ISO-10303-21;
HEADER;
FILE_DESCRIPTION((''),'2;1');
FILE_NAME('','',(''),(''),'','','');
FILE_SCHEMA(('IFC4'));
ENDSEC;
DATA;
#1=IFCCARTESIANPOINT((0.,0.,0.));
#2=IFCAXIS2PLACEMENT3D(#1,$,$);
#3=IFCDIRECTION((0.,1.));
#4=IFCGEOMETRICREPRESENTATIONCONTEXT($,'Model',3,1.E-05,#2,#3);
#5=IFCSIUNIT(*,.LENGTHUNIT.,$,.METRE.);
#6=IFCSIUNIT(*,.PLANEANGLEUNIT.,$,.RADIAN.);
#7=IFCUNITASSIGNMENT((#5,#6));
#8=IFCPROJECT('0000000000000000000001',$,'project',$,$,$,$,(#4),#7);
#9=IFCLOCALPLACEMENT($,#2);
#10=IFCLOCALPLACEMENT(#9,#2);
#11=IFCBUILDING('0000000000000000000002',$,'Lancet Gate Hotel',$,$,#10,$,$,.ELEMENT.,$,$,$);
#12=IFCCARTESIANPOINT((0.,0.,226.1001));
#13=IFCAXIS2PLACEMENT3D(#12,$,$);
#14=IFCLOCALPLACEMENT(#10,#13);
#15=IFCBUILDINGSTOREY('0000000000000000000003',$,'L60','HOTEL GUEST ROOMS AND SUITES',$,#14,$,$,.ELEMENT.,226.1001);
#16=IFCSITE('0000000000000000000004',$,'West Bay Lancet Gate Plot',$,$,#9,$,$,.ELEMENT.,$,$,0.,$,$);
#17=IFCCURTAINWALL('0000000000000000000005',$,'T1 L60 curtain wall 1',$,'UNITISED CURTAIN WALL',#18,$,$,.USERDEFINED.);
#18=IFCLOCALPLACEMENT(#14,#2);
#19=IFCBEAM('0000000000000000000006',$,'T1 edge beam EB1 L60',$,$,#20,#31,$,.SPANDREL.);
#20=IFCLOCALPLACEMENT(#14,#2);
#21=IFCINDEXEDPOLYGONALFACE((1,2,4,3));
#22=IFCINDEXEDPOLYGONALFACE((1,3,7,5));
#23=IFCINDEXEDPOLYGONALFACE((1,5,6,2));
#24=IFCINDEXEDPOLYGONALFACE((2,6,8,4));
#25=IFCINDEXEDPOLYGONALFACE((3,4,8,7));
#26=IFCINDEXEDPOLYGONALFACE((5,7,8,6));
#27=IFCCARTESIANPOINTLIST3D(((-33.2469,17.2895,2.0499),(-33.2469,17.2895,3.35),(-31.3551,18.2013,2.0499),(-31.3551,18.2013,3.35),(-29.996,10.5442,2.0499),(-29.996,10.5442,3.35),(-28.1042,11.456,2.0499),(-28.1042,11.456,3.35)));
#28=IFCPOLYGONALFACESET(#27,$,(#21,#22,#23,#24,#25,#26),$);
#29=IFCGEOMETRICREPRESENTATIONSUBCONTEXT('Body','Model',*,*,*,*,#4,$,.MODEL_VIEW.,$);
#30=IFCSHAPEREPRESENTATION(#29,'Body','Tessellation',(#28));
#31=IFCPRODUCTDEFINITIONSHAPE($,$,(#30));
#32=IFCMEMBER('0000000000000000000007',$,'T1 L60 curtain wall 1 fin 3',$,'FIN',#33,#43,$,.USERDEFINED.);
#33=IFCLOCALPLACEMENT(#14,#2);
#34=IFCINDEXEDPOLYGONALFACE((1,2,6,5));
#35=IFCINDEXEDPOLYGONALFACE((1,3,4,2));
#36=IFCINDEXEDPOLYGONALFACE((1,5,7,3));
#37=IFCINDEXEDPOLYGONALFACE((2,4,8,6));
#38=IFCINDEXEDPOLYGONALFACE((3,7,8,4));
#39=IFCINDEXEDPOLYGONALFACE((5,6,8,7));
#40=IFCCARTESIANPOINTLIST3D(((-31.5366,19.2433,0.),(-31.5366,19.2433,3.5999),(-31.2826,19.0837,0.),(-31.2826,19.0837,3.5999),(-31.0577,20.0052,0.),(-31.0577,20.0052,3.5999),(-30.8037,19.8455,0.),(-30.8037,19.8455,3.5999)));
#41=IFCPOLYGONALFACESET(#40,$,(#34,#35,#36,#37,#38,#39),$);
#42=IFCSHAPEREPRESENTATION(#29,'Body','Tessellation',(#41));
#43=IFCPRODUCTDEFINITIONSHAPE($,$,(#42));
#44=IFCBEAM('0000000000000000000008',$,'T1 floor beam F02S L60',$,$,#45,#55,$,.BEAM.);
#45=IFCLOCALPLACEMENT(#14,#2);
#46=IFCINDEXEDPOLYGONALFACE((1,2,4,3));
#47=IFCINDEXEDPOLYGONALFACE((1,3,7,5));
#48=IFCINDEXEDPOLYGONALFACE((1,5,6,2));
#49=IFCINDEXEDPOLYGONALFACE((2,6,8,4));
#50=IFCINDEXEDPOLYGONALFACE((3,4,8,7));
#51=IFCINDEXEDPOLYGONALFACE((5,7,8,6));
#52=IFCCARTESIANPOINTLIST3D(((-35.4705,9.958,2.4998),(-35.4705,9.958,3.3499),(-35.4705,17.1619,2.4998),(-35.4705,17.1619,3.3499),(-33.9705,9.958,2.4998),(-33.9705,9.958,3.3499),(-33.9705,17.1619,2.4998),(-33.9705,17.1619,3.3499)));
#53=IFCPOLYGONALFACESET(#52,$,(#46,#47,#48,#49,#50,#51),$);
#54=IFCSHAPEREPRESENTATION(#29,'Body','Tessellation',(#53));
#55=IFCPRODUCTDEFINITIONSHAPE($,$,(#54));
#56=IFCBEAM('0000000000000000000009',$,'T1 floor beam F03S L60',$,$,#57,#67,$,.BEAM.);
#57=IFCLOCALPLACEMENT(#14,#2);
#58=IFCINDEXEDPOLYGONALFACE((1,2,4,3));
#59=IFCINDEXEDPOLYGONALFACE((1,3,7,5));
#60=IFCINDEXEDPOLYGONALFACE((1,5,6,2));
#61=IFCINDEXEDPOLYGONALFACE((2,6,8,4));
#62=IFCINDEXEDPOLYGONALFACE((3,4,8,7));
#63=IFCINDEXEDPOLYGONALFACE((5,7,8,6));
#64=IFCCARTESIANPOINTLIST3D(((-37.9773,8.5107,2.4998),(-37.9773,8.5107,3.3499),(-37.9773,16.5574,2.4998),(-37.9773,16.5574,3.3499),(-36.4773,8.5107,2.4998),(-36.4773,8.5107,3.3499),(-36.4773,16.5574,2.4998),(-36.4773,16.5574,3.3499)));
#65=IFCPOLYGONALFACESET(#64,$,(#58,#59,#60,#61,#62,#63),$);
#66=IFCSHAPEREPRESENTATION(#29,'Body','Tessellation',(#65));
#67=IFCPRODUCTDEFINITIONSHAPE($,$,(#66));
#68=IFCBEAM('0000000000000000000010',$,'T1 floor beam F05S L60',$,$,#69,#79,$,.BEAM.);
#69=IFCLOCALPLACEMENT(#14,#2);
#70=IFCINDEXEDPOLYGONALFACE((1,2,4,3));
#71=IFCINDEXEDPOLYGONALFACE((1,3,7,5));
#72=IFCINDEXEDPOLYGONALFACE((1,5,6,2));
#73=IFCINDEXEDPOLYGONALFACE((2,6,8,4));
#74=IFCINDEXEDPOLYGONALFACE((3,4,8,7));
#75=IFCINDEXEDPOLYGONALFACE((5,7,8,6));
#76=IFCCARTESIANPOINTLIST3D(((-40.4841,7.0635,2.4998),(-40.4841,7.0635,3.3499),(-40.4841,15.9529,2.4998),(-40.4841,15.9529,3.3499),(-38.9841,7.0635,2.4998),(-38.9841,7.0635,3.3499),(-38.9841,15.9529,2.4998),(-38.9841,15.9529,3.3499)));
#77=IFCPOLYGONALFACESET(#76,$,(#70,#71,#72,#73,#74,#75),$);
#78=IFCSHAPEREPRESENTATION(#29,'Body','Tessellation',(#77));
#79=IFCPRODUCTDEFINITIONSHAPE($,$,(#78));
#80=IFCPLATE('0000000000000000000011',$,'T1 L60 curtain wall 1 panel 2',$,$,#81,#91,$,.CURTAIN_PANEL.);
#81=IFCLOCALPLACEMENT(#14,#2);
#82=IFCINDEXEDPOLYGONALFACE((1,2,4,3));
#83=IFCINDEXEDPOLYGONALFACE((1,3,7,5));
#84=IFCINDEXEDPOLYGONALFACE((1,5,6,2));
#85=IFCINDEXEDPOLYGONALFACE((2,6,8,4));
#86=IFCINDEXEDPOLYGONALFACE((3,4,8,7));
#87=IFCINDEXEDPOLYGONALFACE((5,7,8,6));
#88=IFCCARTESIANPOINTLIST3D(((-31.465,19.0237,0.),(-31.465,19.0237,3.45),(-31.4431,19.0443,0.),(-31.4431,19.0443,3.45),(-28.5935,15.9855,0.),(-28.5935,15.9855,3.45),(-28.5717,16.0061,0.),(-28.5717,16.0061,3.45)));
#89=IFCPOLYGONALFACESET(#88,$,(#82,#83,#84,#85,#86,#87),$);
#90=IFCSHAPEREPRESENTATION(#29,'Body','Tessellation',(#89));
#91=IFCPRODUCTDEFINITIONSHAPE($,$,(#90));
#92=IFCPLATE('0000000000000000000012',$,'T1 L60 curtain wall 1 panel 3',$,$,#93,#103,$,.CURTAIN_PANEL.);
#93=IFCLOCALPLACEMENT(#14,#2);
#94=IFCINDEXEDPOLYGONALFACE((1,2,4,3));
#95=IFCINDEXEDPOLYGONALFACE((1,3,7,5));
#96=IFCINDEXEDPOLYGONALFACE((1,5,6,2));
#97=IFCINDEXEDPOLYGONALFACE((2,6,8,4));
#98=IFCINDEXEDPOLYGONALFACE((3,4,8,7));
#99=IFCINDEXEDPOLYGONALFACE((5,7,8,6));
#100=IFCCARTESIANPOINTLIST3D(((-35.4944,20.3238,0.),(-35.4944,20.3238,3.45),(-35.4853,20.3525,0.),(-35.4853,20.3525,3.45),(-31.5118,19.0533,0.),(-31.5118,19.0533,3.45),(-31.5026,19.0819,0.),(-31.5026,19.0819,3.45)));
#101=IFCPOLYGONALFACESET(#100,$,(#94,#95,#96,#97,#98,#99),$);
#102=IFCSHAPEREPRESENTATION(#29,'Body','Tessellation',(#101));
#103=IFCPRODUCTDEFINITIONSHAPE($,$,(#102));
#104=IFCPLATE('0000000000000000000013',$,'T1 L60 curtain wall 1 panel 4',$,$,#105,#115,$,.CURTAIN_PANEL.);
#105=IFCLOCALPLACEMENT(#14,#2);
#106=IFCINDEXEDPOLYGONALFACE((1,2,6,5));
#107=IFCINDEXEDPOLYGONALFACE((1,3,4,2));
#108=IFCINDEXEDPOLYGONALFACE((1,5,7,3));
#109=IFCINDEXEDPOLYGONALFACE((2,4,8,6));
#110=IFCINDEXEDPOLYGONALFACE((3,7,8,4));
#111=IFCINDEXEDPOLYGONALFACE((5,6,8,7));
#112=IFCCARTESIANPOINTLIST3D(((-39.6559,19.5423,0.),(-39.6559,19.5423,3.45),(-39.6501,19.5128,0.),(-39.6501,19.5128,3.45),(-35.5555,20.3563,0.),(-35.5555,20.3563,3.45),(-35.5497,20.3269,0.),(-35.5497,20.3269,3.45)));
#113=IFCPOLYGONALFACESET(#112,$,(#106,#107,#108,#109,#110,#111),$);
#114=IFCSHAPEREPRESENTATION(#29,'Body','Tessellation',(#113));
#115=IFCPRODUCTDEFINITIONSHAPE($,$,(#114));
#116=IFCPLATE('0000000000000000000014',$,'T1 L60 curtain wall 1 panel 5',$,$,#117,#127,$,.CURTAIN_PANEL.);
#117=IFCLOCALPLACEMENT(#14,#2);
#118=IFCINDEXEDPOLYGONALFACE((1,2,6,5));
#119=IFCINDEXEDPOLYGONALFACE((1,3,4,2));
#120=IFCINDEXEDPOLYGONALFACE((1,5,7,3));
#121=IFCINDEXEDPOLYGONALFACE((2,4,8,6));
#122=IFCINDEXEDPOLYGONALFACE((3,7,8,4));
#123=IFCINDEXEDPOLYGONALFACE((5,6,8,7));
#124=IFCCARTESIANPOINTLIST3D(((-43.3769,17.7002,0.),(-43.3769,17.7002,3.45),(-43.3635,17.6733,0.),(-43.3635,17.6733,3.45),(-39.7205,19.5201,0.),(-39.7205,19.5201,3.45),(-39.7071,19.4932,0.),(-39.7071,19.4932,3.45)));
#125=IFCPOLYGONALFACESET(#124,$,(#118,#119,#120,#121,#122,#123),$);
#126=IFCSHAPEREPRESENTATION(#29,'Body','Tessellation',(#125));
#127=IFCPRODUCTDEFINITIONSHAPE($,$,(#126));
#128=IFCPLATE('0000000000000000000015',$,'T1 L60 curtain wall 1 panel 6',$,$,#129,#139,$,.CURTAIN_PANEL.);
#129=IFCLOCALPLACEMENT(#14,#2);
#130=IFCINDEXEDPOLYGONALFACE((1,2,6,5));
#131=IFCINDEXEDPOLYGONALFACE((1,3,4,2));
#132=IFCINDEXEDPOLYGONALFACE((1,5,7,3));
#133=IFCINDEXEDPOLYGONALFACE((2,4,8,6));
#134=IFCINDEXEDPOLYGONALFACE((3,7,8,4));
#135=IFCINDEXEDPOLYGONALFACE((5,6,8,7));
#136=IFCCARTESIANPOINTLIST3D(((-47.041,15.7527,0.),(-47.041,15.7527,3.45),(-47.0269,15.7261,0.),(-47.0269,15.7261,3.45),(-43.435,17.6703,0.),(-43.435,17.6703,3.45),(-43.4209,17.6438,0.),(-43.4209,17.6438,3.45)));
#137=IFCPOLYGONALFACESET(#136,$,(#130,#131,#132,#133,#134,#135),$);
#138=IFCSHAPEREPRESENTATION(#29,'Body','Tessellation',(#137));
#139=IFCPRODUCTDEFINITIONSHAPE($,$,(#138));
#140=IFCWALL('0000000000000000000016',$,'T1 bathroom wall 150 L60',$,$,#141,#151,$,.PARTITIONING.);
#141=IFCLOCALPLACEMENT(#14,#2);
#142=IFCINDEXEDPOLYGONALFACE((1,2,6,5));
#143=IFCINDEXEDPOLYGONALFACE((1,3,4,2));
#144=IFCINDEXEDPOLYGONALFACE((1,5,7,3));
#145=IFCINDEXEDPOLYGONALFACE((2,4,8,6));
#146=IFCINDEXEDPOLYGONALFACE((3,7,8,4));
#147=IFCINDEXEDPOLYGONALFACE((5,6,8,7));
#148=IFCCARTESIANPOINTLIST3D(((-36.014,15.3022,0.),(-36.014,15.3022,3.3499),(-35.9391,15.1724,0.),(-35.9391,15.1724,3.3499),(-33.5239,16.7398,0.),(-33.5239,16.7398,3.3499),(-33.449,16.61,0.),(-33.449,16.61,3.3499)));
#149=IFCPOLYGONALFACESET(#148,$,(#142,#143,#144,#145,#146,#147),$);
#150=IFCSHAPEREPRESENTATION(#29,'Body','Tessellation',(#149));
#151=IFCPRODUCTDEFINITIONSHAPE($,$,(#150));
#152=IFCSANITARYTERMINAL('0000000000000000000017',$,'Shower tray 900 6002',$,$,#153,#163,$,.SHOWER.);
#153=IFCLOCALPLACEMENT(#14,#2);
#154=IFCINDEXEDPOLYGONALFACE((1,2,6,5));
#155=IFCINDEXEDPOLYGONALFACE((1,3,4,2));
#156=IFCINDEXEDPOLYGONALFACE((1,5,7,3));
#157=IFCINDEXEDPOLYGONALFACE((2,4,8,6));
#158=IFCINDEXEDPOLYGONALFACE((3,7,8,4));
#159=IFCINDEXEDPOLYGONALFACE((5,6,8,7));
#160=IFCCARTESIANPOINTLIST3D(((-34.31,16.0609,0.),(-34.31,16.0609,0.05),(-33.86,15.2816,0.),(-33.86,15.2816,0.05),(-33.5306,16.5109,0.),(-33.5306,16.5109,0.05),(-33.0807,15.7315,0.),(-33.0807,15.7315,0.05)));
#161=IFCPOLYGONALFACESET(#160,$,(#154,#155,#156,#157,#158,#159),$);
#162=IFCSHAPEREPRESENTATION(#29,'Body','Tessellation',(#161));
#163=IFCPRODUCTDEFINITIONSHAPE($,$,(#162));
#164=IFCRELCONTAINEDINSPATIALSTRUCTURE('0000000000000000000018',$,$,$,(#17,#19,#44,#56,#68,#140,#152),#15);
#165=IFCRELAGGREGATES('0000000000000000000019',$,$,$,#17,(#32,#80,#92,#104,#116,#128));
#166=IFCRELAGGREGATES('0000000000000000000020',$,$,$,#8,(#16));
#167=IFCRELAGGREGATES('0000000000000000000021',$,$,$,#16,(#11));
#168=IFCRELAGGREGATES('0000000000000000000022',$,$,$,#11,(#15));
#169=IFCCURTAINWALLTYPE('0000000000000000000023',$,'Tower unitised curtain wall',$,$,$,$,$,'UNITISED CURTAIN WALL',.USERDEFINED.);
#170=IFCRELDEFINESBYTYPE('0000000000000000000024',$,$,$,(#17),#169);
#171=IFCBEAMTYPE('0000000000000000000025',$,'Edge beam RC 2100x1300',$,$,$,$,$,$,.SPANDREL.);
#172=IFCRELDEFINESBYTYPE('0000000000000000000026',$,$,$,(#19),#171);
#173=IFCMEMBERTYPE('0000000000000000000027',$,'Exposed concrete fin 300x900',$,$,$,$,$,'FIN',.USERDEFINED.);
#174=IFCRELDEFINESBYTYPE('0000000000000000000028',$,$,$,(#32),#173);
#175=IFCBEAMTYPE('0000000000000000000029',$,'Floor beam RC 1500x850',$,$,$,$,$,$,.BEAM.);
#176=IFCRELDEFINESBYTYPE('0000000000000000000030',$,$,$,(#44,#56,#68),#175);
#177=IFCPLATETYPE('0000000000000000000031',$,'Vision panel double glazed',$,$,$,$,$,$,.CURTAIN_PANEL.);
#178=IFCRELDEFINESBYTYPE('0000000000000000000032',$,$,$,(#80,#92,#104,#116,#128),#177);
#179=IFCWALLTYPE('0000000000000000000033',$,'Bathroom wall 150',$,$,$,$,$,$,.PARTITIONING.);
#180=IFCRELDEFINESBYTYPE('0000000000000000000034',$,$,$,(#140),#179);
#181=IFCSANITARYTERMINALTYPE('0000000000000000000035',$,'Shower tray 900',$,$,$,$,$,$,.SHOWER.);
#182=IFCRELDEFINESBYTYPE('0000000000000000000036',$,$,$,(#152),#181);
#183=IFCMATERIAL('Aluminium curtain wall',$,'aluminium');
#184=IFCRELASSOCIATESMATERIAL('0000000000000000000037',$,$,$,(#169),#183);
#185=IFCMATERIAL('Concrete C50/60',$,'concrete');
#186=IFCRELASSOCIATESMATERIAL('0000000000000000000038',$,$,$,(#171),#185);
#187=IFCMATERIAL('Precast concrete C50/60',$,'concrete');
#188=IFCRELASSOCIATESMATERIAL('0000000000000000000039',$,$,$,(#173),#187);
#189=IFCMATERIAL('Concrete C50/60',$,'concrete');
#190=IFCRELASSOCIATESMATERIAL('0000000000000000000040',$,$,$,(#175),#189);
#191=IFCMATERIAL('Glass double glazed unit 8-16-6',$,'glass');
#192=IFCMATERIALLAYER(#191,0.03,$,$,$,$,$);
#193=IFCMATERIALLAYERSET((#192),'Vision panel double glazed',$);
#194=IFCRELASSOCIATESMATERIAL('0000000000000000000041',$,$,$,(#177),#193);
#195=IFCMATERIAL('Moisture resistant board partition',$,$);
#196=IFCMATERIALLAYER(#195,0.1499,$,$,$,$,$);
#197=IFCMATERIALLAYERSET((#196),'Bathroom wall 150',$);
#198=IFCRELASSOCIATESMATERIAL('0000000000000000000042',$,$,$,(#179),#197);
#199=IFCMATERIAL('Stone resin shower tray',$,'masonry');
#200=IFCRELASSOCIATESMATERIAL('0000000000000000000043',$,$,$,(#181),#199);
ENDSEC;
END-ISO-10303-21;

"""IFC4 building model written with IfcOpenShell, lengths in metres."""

from ifc_helpers import new_model, si_unit, direction, frame, frame_2d, origin, origin_2d, place, context, subcontext, project, spatial, rectangle, extrude, material, layer, layer_set, material_profile, profile_set, type_object, element, aggregate, save


model = new_model("IFC4")

# Units and contexts
model_context = context("Model", 3, precision=1e-05, world=origin(), true_north=direction((0.0, 1.0)))
body_context = subcontext(model_context, "Body", "Model", "MODEL_VIEW")
ifc_project = project(units=[si_unit("LENGTHUNIT", "METRE"), si_unit("PLANEANGLEUNIT", "RADIAN")], contexts=[model_context])

# Site, building, storey
site_placement = place(None, origin())
site = spatial("IfcSite", under=ifc_project, at=site_placement, Name="West Bay Lancet Gate Plot", CompositionType="ELEMENT", RefElevation=0.0)
building_placement = place(site_placement, origin())
building = spatial("IfcBuilding", under=site, at=building_placement, Name="Lancet Gate Hotel", CompositionType="ELEMENT")
storey_placement = place(building_placement, frame((0.0, 0.0, 226.1001)))
storey = spatial("IfcBuildingStorey", under=building, at=storey_placement, Name="L60", Description="HOTEL GUEST ROOMS AND SUITES", CompositionType="ELEMENT", Elevation=226.1001)

# Curtain wall
ifc_material_1 = material(Name="Aluminium curtain wall", Category="aluminium")
curtain_wall_type = type_object("IfcCurtainWallType", Name="Tower unitised curtain wall", ElementType="UNITISED CURTAIN WALL", PredefinedType="USERDEFINED", material=ifc_material_1)
curtain_wall_placement = place(storey_placement, origin())
curtain_wall = element("IfcCurtainWall", 1, at=curtain_wall_placement, inside=storey, type_object=curtain_wall_type, Name="T1 L60 curtain wall 1", ObjectType="UNITISED CURTAIN WALL", PredefinedType="USERDEFINED")

# Beam
ifc_material_2 = material(Name="Concrete C50/60", Category="concrete")
ifc_material_profile_1 = material_profile(ifc_material_2, rectangle(XDim=2.1001, YDim=1.3, at=origin_2d()), Name="RC 2100x1300")
ifc_profile_set_1 = profile_set([ifc_material_profile_1], Name="Concrete C50/60")
beam_type_1 = type_object("IfcBeamType", Name="Edge beam RC 2100x1300", PredefinedType="SPANDREL", material=ifc_profile_set_1)
beam_1_placement = place(storey_placement, frame((-32.301, 17.7454, 2.7), z_axis=(0.434164, -0.900834, 0.0), x_axis=(0.900834, 0.434164, 0.0)))
element("IfcBeam", 2, at=beam_1_placement, inside=storey, type_object=beam_type_1, Name="T1 edge beam EB1 L60", PredefinedType="SPANDREL", context=body_context, shape_type="SweptSolid", body=[
    extrude(rectangle(XDim=2.1001, YDim=1.3, at=origin_2d()), origin(), (0.0, 0.0, 1.0), 7.4878),
])

# Member
ifc_material_3 = material(Name="Precast concrete C50/60", Category="concrete")
ifc_material_profile_2 = material_profile(ifc_material_3, rectangle(XDim=0.3, YDim=0.8999, at=origin_2d()), Name="FIN 300x900")
ifc_profile_set_2 = profile_set([ifc_material_profile_2], Name="Precast concrete C50/60")
member_type_1 = type_object("IfcMemberType", Name="Exposed concrete fin 300x900", ElementType="FIN", PredefinedType="USERDEFINED", material=ifc_profile_set_2)
member_1_placement = place(storey_placement, frame((-31.1702, 19.5444, 0.0), z_axis=(0.0, 0.0, 1.0), x_axis=(-0.846613, 0.532209, 0.0)))
member_1 = element("IfcMember", 3, at=member_1_placement, type_object=member_type_1, Name="T1 L60 curtain wall 1 fin 3", ObjectType="FIN", PredefinedType="USERDEFINED", context=body_context, shape_type="SweptSolid", body=[
    extrude(rectangle(XDim=0.3, YDim=0.8999, at=origin_2d()), origin(), (0.0, 0.0, 1.0), 3.5999),
])

# Beams
ifc_material_4 = material(Name="Concrete C50/60", Category="concrete")
ifc_material_profile_3 = material_profile(ifc_material_4, rectangle(XDim=1.5, YDim=0.8501, at=origin_2d()), Name="RC 1500x850")
ifc_profile_set_3 = profile_set([ifc_material_profile_3], Name="Concrete C50/60")
beam_type_2 = type_object("IfcBeamType", Name="Floor beam RC 1500x850", PredefinedType="BEAM", material=ifc_profile_set_3)
beam_2_placement = place(storey_placement, frame((-34.7205, 17.1619, 2.9248), z_axis=(0.0, -1.0, 0.0), x_axis=(1.0, 0.0, 0.0)))
element("IfcBeam", 4, at=beam_2_placement, inside=storey, type_object=beam_type_2, Name="T1 floor beam F02S L60", PredefinedType="BEAM", context=body_context, shape_type="SweptSolid", body=[
    extrude(rectangle(XDim=1.5, YDim=0.8501, at=origin_2d()), origin(), (0.0, 0.0, 1.0), 7.2039),
])
beam_3_placement = place(storey_placement, frame((-37.2273, 16.5574, 2.9248), z_axis=(0.0, -1.0, 0.0), x_axis=(1.0, 0.0, 0.0)))
element("IfcBeam", 5, at=beam_3_placement, inside=storey, type_object=beam_type_2, Name="T1 floor beam F03S L60", PredefinedType="BEAM", context=body_context, shape_type="SweptSolid", body=[
    extrude(rectangle(XDim=1.5, YDim=0.8501, at=origin_2d()), origin(), (0.0, 0.0, 1.0), 8.0466),
])
beam_4_placement = place(storey_placement, frame((-39.7341, 15.9529, 2.9248), z_axis=(0.0, -1.0, 0.0), x_axis=(1.0, 0.0, 0.0)))
element("IfcBeam", 6, at=beam_4_placement, inside=storey, type_object=beam_type_2, Name="T1 floor beam F05S L60", PredefinedType="BEAM", context=body_context, shape_type="SweptSolid", body=[
    extrude(rectangle(XDim=1.5, YDim=0.8501, at=origin_2d()), origin(), (0.0, 0.0, 1.0), 8.8894),
])

# Plates
ifc_material_5 = material(Name="Glass double glazed unit 8-16-6", Category="glass")
ifc_layer_1 = layer(ifc_material_5, 0.03)
ifc_layer_set_1 = layer_set([ifc_layer_1], Name="Vision panel double glazed")
plate_type = type_object("IfcPlateType", Name="Vision panel double glazed", PredefinedType="CURTAIN_PANEL", material=ifc_layer_set_1)
plate_1_placement = place(storey_placement, frame((-30.0183, 17.5149, 0.0), z_axis=(0.0, 0.0, 1.0), x_axis=(-0.686883, 0.726768, 0.0)))
plate_1 = element("IfcPlate", 7, at=plate_1_placement, type_object=plate_type, Name="T1 L60 curtain wall 1 panel 2", PredefinedType="CURTAIN_PANEL", context=body_context, shape_type="SweptSolid", body=[
    extrude(rectangle(XDim=4.1804, YDim=0.03, at=origin_2d()), origin(), (0.0, 0.0, 1.0), 3.45),
])
plate_2_placement = place(storey_placement, frame((-33.4985, 19.7029, 0.0), z_axis=(0.0, 0.0, 1.0), x_axis=(-0.952696, 0.303926, 0.0)))
plate_2 = element("IfcPlate", 8, at=plate_2_placement, type_object=plate_type, Name="T1 L60 curtain wall 1 panel 3", PredefinedType="CURTAIN_PANEL", context=body_context, shape_type="SweptSolid", body=[
    extrude(rectangle(XDim=4.1804, YDim=0.03, at=origin_2d()), origin(), (0.0, 0.0, 1.0), 3.45),
])
plate_3_placement = place(storey_placement, frame((-37.6028, 19.9346, 0.0), z_axis=(0.0, 0.0, 1.0), x_axis=(-0.980857, -0.194731, 0.0)))
plate_3 = element("IfcPlate", 9, at=plate_3_placement, type_object=plate_type, Name="T1 L60 curtain wall 1 panel 4", PredefinedType="CURTAIN_PANEL", context=body_context, shape_type="SweptSolid", body=[
    extrude(rectangle(XDim=4.1804, YDim=0.03, at=origin_2d()), origin(), (0.0, 0.0, 1.0), 3.45),
])
plate_4_placement = place(storey_placement, frame((-41.542, 18.5967, 0.0), z_axis=(0.0, 0.0, 1.0), x_axis=(-0.895234, -0.445596, 0.0)))
plate_4 = element("IfcPlate", 10, at=plate_4_placement, type_object=plate_type, Name="T1 L60 curtain wall 1 panel 5", PredefinedType="CURTAIN_PANEL", context=body_context, shape_type="SweptSolid", body=[
    extrude(rectangle(XDim=4.0842, YDim=0.03, at=origin_2d()), origin(), (0.0, 0.0, 1.0), 3.45),
])
plate_5_placement = place(storey_placement, frame((-45.231, 16.6982, 0.0), z_axis=(0.0, 0.0, 1.0), x_axis=(-0.882916, -0.469531, 0.0)))
plate_5 = element("IfcPlate", 11, at=plate_5_placement, type_object=plate_type, Name="T1 L60 curtain wall 1 panel 6", PredefinedType="CURTAIN_PANEL", context=body_context, shape_type="SweptSolid", body=[
    extrude(rectangle(XDim=4.0842, YDim=0.03, at=origin_2d()), origin(), (0.0, 0.0, 1.0), 3.45),
])
aggregate(curtain_wall, [member_1, plate_1, plate_2, plate_3, plate_4, plate_5])

# Wall
ifc_material_6 = material(Name="Moisture resistant board partition")
ifc_layer_2 = layer(ifc_material_6, 0.1499)
ifc_layer_set_2 = layer_set([ifc_layer_2], Name="Bathroom wall 150")
wall_type = type_object("IfcWallType", Name="Bathroom wall 150", PredefinedType="PARTITIONING", material=ifc_layer_set_2)
wall_placement = place(storey_placement, frame((-33.4866, 16.6748, 0.0), z_axis=(0.0, 0.0, 1.0), x_axis=(-0.86604, -0.499975, 0.0)))
element("IfcWall", 12, at=wall_placement, inside=storey, type_object=wall_type, Name="T1 bathroom wall 150 L60", PredefinedType="PARTITIONING", context=body_context, shape_type="SweptSolid", body=[
    extrude(rectangle(XDim=2.8752, YDim=0.1499, at=frame_2d((1.4375, 0.0))), origin(), (0.0, 0.0, 1.0), 3.3499),
])

# Sanitary terminal
ifc_material_7 = material(Name="Stone resin shower tray", Category="masonry")
sanitary_terminal_type = type_object("IfcSanitaryTerminalType", Name="Shower tray 900", PredefinedType="SHOWER", material=ifc_material_7)
sanitary_terminal_placement = place(storey_placement, frame((-33.6953, 15.8962, 0.0), z_axis=(0.0, 0.0, 1.0), x_axis=(0.866025, 0.5, 0.0)))
element("IfcSanitaryTerminal", 13, at=sanitary_terminal_placement, inside=storey, type_object=sanitary_terminal_type, Name="Shower tray 900 6002", PredefinedType="SHOWER", context=body_context, shape_type="SweptSolid", body=[
    extrude(rectangle(XDim=0.8999, YDim=0.8999, at=origin_2d()), origin(), (0.0, 0.0, 1.0), 0.05),
])

save(model, "model.ifc")
